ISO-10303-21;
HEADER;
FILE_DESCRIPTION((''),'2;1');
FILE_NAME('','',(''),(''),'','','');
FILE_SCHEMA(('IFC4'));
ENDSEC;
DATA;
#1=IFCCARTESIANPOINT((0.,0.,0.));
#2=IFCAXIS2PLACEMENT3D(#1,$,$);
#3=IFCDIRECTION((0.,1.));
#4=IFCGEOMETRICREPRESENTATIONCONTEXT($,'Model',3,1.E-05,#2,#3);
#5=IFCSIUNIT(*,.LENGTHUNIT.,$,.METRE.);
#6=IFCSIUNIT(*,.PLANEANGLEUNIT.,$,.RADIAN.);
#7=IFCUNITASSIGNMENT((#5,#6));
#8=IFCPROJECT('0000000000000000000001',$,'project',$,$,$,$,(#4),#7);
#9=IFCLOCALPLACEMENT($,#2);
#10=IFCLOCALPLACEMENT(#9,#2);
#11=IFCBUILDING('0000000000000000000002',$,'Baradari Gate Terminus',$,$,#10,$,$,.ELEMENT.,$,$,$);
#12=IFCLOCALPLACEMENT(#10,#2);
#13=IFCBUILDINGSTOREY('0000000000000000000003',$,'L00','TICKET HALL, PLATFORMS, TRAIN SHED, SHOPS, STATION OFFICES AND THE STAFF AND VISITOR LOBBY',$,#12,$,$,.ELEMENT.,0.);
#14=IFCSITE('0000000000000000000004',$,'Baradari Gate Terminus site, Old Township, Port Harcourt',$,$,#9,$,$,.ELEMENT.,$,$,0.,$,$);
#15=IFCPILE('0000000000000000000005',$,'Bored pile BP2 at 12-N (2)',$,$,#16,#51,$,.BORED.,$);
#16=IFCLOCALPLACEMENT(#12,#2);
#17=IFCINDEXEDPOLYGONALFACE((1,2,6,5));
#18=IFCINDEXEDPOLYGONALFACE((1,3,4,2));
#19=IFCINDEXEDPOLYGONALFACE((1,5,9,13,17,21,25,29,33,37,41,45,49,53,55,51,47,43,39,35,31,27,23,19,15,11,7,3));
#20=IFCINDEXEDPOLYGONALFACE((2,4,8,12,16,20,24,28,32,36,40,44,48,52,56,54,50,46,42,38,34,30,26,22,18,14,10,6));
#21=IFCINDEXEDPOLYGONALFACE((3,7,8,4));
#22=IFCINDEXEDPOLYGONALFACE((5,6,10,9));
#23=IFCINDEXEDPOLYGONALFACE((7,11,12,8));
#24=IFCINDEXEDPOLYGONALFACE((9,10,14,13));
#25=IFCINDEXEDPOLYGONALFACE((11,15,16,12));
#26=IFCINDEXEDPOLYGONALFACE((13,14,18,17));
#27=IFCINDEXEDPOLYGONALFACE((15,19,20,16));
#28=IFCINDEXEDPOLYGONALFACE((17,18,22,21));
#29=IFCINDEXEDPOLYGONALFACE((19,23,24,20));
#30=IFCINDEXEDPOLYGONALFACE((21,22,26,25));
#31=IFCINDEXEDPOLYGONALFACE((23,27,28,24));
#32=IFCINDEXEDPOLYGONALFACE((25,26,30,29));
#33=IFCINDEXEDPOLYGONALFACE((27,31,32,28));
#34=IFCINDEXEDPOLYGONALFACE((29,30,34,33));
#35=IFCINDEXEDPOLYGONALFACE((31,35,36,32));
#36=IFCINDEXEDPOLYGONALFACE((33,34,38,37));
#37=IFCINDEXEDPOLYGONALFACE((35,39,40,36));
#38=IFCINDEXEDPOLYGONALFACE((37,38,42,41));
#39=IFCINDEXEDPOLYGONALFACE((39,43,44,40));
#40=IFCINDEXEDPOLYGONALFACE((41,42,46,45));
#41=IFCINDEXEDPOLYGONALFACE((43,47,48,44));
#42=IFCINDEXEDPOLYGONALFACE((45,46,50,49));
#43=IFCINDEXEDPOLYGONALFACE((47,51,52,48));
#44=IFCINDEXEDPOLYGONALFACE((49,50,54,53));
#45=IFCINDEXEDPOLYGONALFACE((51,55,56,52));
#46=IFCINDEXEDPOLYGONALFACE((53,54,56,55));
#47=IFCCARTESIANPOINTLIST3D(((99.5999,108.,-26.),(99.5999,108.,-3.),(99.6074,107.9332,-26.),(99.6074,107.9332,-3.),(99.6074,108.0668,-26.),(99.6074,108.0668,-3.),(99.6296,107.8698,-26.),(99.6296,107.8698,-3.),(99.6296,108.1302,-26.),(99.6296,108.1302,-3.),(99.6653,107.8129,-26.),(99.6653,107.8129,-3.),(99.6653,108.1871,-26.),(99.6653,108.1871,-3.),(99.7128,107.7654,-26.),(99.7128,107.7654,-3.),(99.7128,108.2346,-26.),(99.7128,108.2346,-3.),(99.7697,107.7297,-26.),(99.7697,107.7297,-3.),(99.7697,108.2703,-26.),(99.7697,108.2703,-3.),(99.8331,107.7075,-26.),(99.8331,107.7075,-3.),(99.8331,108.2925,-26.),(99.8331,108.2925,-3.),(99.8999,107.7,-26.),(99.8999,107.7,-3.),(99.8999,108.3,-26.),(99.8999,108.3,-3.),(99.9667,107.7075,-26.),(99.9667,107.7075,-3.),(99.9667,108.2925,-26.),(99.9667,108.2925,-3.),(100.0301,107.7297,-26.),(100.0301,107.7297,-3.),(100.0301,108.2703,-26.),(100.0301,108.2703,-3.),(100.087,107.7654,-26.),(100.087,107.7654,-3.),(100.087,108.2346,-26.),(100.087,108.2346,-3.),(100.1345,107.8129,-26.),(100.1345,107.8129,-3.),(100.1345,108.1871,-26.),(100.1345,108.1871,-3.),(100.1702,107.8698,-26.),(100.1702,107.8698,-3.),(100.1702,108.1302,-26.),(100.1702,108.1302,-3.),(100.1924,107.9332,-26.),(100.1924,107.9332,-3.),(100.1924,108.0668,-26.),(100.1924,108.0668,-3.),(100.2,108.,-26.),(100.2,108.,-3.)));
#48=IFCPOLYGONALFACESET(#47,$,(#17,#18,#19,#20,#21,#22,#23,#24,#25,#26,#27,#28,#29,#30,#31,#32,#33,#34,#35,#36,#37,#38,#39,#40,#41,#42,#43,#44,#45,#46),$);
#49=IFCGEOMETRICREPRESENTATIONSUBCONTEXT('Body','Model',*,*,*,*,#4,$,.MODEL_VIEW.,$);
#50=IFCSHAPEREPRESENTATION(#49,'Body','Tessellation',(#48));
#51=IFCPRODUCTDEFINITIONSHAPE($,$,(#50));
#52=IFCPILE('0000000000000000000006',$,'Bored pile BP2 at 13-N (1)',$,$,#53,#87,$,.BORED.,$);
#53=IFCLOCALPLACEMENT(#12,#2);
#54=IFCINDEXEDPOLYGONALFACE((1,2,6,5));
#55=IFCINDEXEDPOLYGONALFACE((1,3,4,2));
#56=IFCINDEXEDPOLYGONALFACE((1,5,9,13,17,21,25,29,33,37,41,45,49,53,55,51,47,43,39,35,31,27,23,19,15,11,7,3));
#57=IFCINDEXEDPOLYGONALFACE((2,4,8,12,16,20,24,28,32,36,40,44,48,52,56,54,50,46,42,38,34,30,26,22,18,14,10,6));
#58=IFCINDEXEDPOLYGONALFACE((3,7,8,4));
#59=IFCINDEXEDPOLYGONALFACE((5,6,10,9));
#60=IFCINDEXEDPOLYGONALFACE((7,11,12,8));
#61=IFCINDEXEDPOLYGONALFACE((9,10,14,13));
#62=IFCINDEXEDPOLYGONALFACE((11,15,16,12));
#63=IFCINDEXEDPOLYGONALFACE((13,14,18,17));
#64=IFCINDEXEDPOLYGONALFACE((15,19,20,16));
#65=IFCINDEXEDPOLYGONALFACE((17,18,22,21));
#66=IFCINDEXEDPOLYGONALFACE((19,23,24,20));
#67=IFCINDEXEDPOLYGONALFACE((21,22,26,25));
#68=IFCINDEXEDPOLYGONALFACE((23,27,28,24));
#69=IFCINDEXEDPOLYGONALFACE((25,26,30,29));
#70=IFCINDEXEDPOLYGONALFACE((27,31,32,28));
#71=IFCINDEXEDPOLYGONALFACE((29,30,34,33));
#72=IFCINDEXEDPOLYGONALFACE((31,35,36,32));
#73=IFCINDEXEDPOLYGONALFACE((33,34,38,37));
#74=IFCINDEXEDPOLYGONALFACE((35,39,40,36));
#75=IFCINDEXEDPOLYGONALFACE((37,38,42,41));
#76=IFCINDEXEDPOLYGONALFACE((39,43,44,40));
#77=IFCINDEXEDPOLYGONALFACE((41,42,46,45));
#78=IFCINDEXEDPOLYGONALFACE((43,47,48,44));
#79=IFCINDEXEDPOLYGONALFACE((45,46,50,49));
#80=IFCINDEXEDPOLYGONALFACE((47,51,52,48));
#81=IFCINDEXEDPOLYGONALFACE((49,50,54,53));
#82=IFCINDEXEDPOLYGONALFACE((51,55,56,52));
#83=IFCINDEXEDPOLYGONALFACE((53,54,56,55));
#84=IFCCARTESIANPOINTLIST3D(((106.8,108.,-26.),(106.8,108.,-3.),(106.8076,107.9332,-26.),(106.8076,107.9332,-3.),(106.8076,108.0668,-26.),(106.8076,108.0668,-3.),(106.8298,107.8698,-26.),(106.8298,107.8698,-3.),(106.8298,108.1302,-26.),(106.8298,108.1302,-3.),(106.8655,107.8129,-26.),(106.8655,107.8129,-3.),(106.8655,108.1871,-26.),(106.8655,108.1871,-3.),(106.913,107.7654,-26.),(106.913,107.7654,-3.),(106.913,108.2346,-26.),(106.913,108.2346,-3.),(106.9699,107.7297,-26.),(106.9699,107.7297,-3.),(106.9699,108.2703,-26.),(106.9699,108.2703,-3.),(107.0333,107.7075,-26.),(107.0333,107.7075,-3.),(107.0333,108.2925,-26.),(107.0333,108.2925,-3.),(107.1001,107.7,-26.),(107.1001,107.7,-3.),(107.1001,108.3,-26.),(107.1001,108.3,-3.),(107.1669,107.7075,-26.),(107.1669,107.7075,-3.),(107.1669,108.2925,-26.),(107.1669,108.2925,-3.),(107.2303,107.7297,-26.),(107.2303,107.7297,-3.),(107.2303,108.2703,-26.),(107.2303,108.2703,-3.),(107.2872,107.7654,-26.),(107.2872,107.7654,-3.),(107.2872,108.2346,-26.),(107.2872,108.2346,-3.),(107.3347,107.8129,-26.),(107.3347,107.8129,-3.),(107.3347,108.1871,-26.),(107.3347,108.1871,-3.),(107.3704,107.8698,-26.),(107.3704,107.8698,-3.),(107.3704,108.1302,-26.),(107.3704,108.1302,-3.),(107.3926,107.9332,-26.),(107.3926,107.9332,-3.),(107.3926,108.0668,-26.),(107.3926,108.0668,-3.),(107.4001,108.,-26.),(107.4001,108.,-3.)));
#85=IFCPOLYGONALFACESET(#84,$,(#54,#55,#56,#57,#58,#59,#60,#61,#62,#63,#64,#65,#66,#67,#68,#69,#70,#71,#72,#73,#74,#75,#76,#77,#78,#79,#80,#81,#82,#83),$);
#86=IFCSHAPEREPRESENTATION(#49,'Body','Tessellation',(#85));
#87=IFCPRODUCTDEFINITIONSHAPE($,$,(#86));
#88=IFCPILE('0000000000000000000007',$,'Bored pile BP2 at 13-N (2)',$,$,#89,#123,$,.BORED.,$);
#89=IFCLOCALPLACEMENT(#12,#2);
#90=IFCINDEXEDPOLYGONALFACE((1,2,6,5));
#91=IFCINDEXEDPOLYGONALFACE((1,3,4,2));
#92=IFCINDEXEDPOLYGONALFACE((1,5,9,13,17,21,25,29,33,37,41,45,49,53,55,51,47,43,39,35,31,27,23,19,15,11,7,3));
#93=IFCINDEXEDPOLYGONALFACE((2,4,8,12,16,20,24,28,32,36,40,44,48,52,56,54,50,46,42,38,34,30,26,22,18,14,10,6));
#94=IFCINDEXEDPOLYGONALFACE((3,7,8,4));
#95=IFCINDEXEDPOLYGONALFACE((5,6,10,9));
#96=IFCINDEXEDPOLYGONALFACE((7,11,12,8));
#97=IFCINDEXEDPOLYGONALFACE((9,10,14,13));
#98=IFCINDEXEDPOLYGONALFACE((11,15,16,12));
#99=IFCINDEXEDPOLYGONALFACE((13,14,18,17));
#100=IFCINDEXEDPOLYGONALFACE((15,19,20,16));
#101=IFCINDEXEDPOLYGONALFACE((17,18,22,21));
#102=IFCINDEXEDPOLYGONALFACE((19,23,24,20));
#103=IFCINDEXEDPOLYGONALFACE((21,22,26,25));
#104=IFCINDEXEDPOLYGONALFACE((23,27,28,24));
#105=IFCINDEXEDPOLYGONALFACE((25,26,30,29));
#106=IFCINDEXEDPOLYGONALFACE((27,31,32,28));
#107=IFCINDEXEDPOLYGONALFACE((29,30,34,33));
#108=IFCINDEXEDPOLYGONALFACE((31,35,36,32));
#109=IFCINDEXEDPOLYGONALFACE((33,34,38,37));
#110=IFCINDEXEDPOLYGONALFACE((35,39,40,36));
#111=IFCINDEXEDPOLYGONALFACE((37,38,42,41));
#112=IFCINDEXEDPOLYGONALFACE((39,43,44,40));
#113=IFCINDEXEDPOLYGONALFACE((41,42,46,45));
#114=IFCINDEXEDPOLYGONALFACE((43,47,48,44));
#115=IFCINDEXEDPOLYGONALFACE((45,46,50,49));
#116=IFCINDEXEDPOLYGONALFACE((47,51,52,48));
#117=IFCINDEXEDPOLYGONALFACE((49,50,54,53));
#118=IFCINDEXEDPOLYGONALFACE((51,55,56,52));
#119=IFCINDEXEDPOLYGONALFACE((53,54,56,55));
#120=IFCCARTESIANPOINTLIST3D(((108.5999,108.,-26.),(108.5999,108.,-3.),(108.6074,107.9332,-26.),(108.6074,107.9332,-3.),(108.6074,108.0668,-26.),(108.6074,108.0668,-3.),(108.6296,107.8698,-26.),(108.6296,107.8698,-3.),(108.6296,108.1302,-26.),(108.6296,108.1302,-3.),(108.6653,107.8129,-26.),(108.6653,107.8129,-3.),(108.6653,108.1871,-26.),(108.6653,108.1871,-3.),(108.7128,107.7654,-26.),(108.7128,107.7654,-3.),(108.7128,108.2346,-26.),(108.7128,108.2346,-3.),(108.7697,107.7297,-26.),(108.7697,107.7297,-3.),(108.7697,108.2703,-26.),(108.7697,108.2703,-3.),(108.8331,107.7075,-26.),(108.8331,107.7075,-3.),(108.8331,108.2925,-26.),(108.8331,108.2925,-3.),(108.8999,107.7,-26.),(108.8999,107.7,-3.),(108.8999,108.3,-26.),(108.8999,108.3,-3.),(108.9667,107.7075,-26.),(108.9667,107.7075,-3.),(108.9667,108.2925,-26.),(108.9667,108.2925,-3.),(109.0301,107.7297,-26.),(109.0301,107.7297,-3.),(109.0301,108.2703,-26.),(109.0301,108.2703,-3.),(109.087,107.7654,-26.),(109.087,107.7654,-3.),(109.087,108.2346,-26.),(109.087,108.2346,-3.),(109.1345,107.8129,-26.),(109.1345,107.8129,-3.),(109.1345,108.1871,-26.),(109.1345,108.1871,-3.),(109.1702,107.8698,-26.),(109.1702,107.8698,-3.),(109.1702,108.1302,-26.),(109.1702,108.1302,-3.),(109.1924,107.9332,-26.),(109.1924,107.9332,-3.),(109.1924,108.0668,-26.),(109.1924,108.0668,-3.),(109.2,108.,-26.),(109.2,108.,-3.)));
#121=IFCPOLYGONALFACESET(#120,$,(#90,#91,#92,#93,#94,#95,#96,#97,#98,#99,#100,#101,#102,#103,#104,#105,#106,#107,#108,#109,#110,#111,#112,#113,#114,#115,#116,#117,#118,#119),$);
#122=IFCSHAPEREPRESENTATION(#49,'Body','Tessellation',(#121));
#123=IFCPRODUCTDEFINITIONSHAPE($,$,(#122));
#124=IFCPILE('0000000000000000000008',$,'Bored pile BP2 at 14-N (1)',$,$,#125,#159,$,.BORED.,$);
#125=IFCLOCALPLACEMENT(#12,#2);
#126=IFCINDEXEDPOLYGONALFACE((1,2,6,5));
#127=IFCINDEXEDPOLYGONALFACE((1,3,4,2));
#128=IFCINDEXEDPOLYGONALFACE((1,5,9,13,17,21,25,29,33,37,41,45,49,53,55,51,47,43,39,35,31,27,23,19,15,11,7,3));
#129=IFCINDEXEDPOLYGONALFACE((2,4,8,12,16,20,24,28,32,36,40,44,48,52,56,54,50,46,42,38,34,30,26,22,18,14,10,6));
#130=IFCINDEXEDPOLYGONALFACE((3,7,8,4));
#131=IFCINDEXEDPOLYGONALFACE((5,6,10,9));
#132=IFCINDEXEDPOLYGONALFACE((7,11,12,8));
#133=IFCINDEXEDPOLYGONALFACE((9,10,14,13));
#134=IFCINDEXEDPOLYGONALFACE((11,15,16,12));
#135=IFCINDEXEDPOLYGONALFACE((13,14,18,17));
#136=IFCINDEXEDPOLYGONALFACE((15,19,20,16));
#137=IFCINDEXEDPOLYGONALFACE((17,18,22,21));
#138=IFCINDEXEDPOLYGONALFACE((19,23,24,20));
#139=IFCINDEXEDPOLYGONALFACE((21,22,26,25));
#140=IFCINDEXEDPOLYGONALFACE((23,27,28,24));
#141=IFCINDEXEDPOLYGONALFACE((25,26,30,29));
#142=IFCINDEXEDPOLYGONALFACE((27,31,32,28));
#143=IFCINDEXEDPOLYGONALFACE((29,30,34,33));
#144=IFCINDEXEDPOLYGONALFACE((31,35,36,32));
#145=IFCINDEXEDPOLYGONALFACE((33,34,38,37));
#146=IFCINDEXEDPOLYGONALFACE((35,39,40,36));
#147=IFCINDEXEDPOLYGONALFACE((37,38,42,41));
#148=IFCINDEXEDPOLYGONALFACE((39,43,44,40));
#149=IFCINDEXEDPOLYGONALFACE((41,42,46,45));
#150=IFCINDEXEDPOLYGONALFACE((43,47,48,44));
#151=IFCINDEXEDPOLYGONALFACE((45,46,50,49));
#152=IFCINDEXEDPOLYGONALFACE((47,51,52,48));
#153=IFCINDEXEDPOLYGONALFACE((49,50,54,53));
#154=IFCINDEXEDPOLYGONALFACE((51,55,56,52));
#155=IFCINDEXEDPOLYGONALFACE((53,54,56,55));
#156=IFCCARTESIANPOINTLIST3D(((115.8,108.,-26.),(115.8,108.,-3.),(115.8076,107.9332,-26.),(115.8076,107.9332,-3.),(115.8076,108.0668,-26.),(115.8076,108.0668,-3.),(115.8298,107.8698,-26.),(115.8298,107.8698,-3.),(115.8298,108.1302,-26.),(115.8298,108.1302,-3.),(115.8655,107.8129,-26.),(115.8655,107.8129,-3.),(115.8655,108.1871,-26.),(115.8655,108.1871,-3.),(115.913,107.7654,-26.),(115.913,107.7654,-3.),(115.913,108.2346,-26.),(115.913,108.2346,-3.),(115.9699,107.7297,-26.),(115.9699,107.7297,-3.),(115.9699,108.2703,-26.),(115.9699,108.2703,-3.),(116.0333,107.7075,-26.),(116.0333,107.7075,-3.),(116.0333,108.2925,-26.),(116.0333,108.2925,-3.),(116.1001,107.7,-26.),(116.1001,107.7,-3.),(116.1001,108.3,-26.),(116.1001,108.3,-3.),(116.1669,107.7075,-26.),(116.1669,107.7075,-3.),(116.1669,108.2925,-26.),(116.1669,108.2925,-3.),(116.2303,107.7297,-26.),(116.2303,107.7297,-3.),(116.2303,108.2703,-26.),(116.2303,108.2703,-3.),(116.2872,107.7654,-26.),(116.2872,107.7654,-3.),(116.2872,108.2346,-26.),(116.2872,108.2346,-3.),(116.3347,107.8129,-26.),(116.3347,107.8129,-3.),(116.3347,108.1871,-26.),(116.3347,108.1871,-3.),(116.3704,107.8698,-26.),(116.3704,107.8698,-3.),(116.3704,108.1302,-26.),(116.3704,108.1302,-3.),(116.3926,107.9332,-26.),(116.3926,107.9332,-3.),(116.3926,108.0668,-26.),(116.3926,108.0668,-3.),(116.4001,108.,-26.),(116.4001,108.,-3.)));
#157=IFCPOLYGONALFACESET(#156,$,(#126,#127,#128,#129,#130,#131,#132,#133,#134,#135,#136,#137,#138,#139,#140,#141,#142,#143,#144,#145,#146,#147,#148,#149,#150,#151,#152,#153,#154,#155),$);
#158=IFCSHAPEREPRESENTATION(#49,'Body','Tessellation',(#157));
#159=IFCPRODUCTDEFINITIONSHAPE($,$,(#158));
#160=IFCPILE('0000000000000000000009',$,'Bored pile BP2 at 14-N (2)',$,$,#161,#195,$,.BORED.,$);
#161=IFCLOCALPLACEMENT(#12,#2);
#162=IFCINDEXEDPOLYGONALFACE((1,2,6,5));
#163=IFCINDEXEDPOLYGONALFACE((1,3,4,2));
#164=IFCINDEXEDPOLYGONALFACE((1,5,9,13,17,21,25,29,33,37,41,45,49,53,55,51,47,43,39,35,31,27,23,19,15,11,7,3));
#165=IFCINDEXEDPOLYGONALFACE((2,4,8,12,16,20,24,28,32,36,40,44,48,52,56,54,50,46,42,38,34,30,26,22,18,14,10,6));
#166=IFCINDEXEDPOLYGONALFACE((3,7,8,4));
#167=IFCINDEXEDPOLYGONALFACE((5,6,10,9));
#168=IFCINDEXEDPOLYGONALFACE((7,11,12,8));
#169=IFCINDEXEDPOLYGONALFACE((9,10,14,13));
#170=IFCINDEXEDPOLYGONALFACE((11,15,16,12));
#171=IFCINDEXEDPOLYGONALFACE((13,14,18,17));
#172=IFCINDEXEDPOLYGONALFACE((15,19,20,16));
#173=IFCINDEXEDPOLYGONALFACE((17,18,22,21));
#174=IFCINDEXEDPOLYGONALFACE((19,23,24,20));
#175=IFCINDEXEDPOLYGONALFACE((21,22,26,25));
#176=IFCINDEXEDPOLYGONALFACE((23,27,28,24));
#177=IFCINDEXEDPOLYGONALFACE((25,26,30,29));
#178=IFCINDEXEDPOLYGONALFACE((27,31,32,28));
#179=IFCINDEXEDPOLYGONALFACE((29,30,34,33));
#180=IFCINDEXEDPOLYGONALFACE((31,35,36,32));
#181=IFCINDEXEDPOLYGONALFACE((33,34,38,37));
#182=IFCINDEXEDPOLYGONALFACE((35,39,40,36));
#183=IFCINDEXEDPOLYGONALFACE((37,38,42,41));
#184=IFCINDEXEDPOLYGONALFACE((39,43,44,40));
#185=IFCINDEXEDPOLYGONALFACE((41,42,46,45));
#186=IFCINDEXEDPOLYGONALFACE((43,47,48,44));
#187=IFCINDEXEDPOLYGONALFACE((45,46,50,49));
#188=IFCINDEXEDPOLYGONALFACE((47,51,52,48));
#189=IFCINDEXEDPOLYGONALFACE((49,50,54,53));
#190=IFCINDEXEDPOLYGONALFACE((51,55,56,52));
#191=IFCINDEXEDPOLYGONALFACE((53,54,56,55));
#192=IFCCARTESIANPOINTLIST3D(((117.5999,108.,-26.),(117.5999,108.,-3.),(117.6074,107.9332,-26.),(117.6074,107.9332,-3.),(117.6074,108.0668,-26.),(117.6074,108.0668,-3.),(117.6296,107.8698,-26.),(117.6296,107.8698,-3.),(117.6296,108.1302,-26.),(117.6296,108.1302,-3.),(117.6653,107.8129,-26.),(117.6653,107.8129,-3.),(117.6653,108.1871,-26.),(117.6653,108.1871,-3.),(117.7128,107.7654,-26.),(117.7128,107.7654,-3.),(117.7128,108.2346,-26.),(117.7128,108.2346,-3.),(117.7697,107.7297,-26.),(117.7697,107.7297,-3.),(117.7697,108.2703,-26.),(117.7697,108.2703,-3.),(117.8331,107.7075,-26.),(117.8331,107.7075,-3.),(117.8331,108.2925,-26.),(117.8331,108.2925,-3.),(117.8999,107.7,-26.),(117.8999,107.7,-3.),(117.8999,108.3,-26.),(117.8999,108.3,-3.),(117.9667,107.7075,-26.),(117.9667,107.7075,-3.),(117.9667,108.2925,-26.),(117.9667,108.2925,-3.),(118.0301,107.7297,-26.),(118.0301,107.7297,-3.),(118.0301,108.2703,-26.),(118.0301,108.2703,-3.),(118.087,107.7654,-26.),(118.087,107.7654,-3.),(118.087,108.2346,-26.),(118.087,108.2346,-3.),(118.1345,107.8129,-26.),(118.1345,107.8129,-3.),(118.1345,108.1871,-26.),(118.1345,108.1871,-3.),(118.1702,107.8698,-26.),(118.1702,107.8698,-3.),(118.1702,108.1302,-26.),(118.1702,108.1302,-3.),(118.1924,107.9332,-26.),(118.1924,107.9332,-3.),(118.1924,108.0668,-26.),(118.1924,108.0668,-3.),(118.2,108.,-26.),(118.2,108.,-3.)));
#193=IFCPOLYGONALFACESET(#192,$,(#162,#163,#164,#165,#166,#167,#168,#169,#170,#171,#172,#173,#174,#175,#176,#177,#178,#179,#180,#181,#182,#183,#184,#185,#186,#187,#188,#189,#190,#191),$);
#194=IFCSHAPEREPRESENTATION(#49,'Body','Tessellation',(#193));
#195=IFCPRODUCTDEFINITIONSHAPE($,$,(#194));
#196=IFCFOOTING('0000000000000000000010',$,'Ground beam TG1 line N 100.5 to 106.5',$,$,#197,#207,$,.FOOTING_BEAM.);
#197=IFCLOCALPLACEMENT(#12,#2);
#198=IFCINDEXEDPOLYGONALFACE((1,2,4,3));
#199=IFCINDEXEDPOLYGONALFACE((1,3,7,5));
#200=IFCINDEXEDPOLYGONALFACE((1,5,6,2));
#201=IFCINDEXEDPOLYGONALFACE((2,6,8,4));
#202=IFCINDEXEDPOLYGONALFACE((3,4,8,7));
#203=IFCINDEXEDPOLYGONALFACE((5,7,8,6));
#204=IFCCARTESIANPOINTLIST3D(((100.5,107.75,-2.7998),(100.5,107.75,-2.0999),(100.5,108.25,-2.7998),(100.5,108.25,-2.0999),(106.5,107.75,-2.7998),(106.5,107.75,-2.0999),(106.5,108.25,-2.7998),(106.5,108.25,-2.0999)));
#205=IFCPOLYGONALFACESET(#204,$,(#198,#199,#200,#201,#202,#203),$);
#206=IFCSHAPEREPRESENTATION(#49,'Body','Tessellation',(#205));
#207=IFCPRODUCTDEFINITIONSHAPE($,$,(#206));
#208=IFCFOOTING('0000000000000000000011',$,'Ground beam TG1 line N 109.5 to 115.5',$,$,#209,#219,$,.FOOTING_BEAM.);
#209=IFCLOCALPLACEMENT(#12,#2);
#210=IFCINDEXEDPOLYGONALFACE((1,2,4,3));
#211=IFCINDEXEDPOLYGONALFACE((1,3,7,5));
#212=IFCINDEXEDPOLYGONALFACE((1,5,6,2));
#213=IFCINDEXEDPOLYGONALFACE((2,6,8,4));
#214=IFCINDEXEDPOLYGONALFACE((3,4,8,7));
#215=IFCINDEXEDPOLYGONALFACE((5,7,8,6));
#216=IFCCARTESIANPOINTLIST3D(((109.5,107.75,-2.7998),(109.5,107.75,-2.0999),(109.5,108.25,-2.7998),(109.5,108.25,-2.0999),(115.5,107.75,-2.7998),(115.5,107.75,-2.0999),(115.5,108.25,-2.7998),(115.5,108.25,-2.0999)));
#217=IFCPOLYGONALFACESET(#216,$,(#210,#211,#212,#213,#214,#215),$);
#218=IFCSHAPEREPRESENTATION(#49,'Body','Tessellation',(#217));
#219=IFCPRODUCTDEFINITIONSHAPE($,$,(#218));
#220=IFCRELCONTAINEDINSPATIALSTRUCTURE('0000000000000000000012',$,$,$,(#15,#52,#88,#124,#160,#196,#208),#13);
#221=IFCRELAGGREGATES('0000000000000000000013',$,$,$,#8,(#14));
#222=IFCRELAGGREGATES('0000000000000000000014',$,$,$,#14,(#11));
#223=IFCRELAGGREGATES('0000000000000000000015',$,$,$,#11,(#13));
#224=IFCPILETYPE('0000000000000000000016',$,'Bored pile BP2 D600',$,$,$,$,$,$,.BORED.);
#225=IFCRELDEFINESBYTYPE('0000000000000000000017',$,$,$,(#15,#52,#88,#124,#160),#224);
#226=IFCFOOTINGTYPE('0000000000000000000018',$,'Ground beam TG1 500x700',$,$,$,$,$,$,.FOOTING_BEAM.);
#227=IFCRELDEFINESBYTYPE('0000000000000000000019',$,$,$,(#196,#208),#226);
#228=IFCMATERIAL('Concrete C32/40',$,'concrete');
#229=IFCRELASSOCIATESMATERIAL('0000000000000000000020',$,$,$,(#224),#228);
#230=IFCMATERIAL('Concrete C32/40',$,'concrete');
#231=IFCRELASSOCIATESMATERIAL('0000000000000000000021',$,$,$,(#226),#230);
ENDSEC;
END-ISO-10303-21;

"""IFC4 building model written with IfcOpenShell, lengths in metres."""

from ifc_helpers import new_model, si_unit, direction, frame, origin, origin_2d, place, context, subcontext, project, spatial, rectangle, circle, extrude, material, type_object, element, save


model = new_model("IFC4")

# Units and contexts
model_context = context("Model", 3, precision=1e-05, world=origin(), true_north=direction((0.0, 1.0)))
body_context = subcontext(model_context, "Body", "Model", "MODEL_VIEW")
ifc_project = project(units=[si_unit("LENGTHUNIT", "METRE"), si_unit("PLANEANGLEUNIT", "RADIAN")], contexts=[model_context])

# Site, building, storey
site_placement = place(None, origin())
site = spatial("IfcSite", under=ifc_project, at=site_placement, Name="Baradari Gate Terminus site, Old Township, Port Harcourt", CompositionType="ELEMENT", RefElevation=0.0)
building_placement = place(site_placement, origin())
building = spatial("IfcBuilding", under=site, at=building_placement, Name="Baradari Gate Terminus", CompositionType="ELEMENT")
storey_placement = place(building_placement, origin())
storey = spatial("IfcBuildingStorey", under=building, at=storey_placement, Name="L00", Description="TICKET HALL, PLATFORMS, TRAIN SHED, SHOPS, STATION OFFICES AND THE STAFF AND VISITOR LOBBY", CompositionType="ELEMENT", Elevation=0.0)

# Piles
ifc_material_1 = material(Name="Concrete C32/40", Category="concrete")
pile_type = type_object("IfcPileType", Name="Bored pile BP2 D600", PredefinedType="BORED", material=ifc_material_1)
for number, where, z_axis, x_axis, name in (
    (1, (99.8999, 108.0, -3.0), (0.0, 0.0, -1.0), (1.0, 0.0, 0.0), "Bored pile BP2 at 12-N (2)"),
    (2, (107.1001, 108.0, -3.0), (0.0, 0.0, -1.0), (1.0, 0.0, 0.0), "Bored pile BP2 at 13-N (1)"),
    (3, (108.8999, 108.0, -3.0), (0.0, 0.0, -1.0), (1.0, 0.0, 0.0), "Bored pile BP2 at 13-N (2)"),
    (4, (116.1001, 108.0, -3.0), (0.0, 0.0, -1.0), (1.0, 0.0, 0.0), "Bored pile BP2 at 14-N (1)"),
    (5, (117.8999, 108.0, -3.0), (0.0, 0.0, -1.0), (1.0, 0.0, 0.0), "Bored pile BP2 at 14-N (2)"),
):
    element("IfcPile", number, at=place(storey_placement, frame(where, z_axis=z_axis, x_axis=x_axis)), inside=storey, type_object=pile_type, Name=name, PredefinedType="BORED", context=body_context, shape_type="SweptSolid", body=[
        extrude(circle(Radius=0.3, at=origin_2d()), origin(), (0.0, 0.0, 1.0), 23.0),
    ])

# Footings
ifc_material_2 = material(Name="Concrete C32/40", Category="concrete")
footing_type_1 = type_object("IfcFootingType", Name="Ground beam TG1 500x700", PredefinedType="FOOTING_BEAM", material=ifc_material_2)
for number, where, z_axis, x_axis, name in (
    (6, (103.5, 108.0, -2.7998), (0.0, 0.0, 1.0), (1.0, 0.0, 0.0), "Ground beam TG1 line N 100.5 to 106.5"),
    (7, (112.5, 108.0, -2.7998), (0.0, 0.0, 1.0), (1.0, 0.0, 0.0), "Ground beam TG1 line N 109.5 to 115.5"),
):
    element("IfcFooting", number, at=place(storey_placement, frame(where, z_axis=z_axis, x_axis=x_axis)), inside=storey, type_object=footing_type_1, Name=name, PredefinedType="FOOTING_BEAM", context=body_context, shape_type="SweptSolid", body=[
        extrude(rectangle(XDim=6.0, YDim=0.5, at=origin_2d()), origin(), (0.0, 0.0, 1.0), 0.7),
    ])

save(model, "model.ifc")
